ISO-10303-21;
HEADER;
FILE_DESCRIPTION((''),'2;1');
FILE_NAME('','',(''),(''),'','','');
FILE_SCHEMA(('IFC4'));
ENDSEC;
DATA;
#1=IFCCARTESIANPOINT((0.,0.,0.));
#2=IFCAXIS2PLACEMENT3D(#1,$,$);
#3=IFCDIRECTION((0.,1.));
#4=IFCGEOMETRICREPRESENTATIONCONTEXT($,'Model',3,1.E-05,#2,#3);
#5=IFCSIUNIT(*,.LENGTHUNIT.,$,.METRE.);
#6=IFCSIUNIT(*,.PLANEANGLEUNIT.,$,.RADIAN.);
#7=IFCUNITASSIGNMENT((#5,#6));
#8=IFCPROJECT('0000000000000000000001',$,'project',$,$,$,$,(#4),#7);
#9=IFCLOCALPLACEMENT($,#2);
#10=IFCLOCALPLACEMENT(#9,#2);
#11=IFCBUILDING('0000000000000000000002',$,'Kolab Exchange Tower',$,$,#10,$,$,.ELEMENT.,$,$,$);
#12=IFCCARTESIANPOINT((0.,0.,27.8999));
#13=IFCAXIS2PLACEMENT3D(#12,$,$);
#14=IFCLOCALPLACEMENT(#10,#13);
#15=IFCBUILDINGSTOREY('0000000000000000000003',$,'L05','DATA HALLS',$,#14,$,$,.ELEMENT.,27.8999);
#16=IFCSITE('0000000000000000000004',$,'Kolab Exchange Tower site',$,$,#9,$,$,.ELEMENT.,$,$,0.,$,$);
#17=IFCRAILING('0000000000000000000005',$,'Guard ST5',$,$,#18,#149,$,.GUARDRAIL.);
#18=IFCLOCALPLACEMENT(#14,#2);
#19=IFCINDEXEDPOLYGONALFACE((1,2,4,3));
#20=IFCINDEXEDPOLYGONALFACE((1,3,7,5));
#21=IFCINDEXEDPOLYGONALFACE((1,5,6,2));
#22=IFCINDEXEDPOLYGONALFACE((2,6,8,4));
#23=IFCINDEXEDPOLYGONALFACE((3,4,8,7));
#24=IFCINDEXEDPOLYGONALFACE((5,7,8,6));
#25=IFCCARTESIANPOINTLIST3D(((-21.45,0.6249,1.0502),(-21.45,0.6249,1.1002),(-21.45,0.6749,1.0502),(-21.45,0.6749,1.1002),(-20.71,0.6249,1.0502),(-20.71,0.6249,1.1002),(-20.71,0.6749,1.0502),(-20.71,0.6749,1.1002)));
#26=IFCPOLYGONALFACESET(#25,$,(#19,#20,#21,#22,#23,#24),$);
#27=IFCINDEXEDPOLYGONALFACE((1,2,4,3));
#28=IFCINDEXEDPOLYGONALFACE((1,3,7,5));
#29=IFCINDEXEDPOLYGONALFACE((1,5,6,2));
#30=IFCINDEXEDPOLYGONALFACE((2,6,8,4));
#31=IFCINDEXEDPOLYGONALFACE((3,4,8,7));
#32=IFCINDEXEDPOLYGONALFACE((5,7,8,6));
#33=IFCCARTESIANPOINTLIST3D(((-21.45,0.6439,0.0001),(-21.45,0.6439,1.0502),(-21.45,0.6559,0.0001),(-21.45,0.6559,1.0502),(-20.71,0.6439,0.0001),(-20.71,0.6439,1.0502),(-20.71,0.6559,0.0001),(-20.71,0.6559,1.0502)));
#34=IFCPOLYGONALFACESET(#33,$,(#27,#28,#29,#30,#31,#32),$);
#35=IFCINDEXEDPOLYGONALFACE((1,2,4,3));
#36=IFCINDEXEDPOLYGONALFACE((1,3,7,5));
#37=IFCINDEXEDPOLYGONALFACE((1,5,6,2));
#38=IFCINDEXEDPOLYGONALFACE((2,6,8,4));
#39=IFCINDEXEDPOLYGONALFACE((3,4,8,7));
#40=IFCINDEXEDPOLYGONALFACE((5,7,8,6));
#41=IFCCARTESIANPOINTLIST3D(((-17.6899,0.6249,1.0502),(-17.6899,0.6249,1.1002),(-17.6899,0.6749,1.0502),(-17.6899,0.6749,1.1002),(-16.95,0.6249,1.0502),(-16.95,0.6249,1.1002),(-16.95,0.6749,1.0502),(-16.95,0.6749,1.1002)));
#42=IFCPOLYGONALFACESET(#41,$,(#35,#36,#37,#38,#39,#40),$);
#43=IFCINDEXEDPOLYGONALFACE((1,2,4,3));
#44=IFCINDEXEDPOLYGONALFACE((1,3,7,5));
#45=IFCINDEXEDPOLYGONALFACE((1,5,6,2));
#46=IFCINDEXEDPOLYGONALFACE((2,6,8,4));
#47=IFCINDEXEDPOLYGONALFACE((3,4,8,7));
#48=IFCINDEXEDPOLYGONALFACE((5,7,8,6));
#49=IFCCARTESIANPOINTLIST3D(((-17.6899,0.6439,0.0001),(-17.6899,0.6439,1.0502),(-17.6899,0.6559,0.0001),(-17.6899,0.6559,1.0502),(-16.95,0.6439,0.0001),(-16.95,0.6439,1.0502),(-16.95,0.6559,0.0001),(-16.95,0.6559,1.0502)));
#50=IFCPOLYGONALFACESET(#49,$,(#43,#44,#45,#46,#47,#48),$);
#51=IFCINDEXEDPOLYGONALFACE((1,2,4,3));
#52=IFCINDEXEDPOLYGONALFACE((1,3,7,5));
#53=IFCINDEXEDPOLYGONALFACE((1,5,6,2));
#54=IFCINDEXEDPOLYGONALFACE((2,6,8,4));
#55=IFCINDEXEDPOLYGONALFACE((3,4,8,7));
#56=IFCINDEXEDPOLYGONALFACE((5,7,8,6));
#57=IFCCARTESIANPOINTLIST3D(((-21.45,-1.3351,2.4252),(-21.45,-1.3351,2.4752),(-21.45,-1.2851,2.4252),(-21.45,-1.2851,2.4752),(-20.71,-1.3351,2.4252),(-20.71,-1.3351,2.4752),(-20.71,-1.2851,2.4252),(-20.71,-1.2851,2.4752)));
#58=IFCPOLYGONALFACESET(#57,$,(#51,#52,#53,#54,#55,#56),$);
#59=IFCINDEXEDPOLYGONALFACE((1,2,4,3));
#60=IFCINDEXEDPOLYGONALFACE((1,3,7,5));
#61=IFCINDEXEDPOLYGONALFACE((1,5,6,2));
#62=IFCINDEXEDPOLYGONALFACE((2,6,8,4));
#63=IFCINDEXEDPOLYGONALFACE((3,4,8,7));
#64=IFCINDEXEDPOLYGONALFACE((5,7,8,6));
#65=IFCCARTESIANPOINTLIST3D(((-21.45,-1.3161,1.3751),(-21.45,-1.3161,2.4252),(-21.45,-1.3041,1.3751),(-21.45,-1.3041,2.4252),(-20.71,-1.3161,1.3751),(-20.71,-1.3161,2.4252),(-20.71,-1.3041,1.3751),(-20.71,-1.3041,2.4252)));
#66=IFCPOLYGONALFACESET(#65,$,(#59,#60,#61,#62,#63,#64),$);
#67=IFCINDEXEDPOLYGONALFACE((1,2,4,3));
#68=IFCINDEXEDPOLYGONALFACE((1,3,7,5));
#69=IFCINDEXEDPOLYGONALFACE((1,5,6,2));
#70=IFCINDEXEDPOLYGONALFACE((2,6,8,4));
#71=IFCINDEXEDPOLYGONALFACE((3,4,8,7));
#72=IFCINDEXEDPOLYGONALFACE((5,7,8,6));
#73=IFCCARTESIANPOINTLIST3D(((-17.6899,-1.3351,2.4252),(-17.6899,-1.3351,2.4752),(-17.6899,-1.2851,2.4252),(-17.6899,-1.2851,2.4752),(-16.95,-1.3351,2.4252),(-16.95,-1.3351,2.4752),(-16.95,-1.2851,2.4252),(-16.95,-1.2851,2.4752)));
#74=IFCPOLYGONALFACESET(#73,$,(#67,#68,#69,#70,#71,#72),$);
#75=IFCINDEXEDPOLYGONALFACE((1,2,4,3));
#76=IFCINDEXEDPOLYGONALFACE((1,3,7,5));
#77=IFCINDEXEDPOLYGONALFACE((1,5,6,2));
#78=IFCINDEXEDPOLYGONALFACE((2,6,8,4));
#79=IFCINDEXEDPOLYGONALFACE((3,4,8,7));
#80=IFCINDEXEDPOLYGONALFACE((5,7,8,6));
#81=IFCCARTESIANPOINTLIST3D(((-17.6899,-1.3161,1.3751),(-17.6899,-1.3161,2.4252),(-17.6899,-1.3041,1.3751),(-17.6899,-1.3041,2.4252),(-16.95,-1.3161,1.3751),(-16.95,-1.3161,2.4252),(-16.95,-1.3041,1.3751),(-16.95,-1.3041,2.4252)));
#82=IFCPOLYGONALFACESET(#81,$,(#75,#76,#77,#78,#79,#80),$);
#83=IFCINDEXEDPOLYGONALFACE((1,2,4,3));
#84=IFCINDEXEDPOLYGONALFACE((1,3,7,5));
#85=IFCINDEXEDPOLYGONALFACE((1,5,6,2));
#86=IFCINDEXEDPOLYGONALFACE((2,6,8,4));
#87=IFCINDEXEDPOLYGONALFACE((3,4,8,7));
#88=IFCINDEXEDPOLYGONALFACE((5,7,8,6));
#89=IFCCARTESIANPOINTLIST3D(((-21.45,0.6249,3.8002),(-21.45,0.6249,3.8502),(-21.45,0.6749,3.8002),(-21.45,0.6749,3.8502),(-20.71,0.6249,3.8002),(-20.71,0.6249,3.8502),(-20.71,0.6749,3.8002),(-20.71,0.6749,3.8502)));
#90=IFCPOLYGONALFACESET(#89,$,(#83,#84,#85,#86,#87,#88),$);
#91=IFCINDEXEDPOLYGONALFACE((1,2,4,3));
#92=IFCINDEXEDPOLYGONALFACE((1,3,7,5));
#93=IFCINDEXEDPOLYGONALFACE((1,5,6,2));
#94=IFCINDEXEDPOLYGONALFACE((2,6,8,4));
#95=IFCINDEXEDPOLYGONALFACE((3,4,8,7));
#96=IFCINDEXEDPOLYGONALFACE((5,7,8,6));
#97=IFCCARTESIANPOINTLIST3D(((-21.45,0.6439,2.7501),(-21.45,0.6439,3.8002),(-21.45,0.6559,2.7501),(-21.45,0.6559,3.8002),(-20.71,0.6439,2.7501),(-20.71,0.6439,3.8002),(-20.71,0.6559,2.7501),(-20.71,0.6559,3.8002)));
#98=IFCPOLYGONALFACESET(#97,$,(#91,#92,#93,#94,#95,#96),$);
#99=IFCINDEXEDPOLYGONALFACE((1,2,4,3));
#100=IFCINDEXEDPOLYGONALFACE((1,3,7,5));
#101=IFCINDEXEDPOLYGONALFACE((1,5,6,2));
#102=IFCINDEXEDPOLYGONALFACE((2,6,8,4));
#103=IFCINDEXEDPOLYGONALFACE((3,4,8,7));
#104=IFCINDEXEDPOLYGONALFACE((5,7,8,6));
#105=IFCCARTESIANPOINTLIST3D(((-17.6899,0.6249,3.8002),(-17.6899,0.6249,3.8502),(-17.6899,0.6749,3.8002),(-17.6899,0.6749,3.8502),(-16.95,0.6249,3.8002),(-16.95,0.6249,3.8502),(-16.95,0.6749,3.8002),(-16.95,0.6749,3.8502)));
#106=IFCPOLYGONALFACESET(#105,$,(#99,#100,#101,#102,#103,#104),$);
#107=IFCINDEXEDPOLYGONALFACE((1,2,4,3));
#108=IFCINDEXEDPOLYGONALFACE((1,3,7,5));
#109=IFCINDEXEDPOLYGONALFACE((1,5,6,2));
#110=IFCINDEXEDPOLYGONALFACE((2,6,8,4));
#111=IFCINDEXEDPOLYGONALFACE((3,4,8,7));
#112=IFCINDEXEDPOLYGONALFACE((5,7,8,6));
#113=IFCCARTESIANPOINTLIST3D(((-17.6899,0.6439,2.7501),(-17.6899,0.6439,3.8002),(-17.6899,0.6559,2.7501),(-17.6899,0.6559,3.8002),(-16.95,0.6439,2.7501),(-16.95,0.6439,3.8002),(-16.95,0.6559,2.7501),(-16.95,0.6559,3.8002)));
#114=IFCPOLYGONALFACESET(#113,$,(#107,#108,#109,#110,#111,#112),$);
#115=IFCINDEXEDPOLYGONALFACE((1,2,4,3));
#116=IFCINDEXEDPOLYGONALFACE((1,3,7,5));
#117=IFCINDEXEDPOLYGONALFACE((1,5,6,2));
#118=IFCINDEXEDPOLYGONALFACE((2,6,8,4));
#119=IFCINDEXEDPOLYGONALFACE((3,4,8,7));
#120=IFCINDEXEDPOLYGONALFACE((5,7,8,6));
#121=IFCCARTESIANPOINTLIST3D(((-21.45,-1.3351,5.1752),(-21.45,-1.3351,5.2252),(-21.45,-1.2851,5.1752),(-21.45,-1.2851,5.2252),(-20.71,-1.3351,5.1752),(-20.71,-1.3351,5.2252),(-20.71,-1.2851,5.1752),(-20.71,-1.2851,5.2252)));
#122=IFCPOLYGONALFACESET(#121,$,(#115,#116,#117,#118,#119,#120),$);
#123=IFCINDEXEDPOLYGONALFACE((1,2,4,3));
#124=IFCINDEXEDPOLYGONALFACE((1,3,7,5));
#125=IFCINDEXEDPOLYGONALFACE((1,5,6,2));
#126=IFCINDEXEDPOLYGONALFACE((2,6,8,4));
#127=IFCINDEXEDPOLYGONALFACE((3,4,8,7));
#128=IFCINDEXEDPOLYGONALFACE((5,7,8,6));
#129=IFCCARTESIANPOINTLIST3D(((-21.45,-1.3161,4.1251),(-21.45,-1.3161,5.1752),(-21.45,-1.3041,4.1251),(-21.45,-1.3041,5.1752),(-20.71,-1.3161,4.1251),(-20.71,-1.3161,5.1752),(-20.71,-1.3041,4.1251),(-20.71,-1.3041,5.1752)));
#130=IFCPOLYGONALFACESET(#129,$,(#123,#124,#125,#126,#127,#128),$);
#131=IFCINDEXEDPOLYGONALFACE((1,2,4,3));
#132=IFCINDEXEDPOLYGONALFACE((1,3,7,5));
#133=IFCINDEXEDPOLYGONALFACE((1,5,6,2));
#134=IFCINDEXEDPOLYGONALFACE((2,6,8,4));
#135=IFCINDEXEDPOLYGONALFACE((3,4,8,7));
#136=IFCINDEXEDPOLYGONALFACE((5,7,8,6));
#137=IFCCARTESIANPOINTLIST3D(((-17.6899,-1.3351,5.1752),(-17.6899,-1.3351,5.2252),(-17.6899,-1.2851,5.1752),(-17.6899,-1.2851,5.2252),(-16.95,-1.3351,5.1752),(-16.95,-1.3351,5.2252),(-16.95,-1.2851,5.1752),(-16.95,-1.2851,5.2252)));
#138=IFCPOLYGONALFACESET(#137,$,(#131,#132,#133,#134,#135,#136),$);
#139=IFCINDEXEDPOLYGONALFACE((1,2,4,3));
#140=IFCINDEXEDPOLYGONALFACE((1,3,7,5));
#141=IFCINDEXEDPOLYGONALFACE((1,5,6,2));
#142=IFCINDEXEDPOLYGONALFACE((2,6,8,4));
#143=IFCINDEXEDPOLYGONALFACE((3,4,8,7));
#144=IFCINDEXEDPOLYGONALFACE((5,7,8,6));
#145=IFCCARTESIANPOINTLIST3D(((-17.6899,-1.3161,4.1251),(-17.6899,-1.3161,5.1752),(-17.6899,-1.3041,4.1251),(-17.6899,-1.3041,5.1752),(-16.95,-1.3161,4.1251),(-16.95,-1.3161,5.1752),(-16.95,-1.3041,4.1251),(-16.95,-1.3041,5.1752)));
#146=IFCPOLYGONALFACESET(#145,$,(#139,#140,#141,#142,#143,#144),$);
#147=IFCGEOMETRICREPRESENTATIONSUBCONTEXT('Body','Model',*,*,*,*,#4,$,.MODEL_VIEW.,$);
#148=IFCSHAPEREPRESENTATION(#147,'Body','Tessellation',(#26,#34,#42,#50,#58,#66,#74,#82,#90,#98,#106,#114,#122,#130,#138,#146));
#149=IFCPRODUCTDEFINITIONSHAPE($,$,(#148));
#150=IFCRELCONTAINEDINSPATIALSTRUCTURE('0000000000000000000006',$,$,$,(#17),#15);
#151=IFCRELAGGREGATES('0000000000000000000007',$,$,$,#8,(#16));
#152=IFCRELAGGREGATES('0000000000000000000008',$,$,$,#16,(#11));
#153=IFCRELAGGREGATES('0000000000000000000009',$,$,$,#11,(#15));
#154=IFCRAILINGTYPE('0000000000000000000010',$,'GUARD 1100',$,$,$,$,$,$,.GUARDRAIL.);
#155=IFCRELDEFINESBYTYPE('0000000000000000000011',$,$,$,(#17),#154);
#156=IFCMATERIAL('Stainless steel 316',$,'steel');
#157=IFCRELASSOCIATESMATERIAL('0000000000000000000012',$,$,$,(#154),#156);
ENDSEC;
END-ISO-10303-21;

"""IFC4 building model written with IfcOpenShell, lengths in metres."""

from ifc_helpers import new_model, si_unit, direction, frame, frame_2d, origin, origin_2d, place, context, subcontext, project, spatial, rectangle, extrude, material, type_object, element, save


model = new_model("IFC4")

# Units and contexts
model_context = context("Model", 3, precision=1e-05, world=origin(), true_north=direction((0.0, 1.0)))
body_context = subcontext(model_context, "Body", "Model", "MODEL_VIEW")
ifc_project = project(units=[si_unit("LENGTHUNIT", "METRE"), si_unit("PLANEANGLEUNIT", "RADIAN")], contexts=[model_context])

# Site, building, storey
site_placement = place(None, origin())
site = spatial("IfcSite", under=ifc_project, at=site_placement, Name="Kolab Exchange Tower site", CompositionType="ELEMENT", RefElevation=0.0)
building_placement = place(site_placement, origin())
building = spatial("IfcBuilding", under=site, at=building_placement, Name="Kolab Exchange Tower", CompositionType="ELEMENT")
storey_placement = place(building_placement, frame((0.0, 0.0, 27.8999)))
storey = spatial("IfcBuildingStorey", under=building, at=storey_placement, Name="L05", Description="DATA HALLS", CompositionType="ELEMENT", Elevation=27.8999)

# Railing
ifc_material_1 = material(Name="Stainless steel 316", Category="steel")
railing_type = type_object("IfcRailingType", Name="GUARD 1100", PredefinedType="GUARDRAIL", material=ifc_material_1)
railing_placement = place(storey_placement, frame((-21.45, 0.6499, 0.0)))
element("IfcRailing", 1, at=railing_placement, inside=storey, type_object=railing_type, Name="Guard ST5", PredefinedType="GUARDRAIL", context=body_context, shape_type="SweptSolid", body=[
    extrude(rectangle(XDim=0.05, YDim=0.05, at=origin_2d()), frame((0.0, 0.0, 1.0752), z_axis=(1.0, 0.0, 0.0), x_axis=(0.0, 1.0, 0.0)), (0.0, 0.0, 1.0), 0.74),
    extrude(rectangle(XDim=0.012, YDim=1.0501, at=frame_2d((0.0, 0.5251))), frame((0.0, 0.0, 0.0), z_axis=(1.0, 0.0, 0.0), x_axis=(0.0, 1.0, 0.0)), (0.0, 0.0, 1.0), 0.74),
    extrude(rectangle(XDim=0.05, YDim=0.05, at=origin_2d()), frame((3.76, 0.0, 1.0752), z_axis=(1.0, 0.0, 0.0), x_axis=(0.0, 1.0, 0.0)), (0.0, 0.0, 1.0), 0.74),
    extrude(rectangle(XDim=0.012, YDim=1.0501, at=frame_2d((0.0, 0.5251))), frame((3.76, 0.0, 0.0), z_axis=(1.0, 0.0, 0.0), x_axis=(0.0, 1.0, 0.0)), (0.0, 0.0, 1.0), 0.74),
    extrude(rectangle(XDim=0.05, YDim=0.05, at=origin_2d()), frame((0.0, -1.96, 2.4502), z_axis=(1.0, 0.0, 0.0), x_axis=(0.0, 1.0, 0.0)), (0.0, 0.0, 1.0), 0.74),
    extrude(rectangle(XDim=0.012, YDim=1.0501, at=frame_2d((0.0, 0.5251))), frame((0.0, -1.96, 1.375), z_axis=(1.0, 0.0, 0.0), x_axis=(0.0, 1.0, 0.0)), (0.0, 0.0, 1.0), 0.74),
    extrude(rectangle(XDim=0.05, YDim=0.05, at=origin_2d()), frame((3.76, -1.96, 2.4502), z_axis=(1.0, 0.0, 0.0), x_axis=(0.0, 1.0, 0.0)), (0.0, 0.0, 1.0), 0.74),
    extrude(rectangle(XDim=0.012, YDim=1.0501, at=frame_2d((0.0, 0.5251))), frame((3.76, -1.96, 1.375), z_axis=(1.0, 0.0, 0.0), x_axis=(0.0, 1.0, 0.0)), (0.0, 0.0, 1.0), 0.74),
    extrude(rectangle(XDim=0.05, YDim=0.05, at=origin_2d()), frame((0.0, 0.0, 3.8252), z_axis=(1.0, 0.0, 0.0), x_axis=(0.0, 1.0, 0.0)), (0.0, 0.0, 1.0), 0.74),
    extrude(rectangle(XDim=0.012, YDim=1.0501, at=frame_2d((0.0, 0.5251))), frame((0.0, 0.0, 2.75), z_axis=(1.0, 0.0, 0.0), x_axis=(0.0, 1.0, 0.0)), (0.0, 0.0, 1.0), 0.74),
    extrude(rectangle(XDim=0.05, YDim=0.05, at=origin_2d()), frame((3.76, 0.0, 3.8252), z_axis=(1.0, 0.0, 0.0), x_axis=(0.0, 1.0, 0.0)), (0.0, 0.0, 1.0), 0.74),
    extrude(rectangle(XDim=0.012, YDim=1.0501, at=frame_2d((0.0, 0.5251))), frame((3.76, 0.0, 2.75), z_axis=(1.0, 0.0, 0.0), x_axis=(0.0, 1.0, 0.0)), (0.0, 0.0, 1.0), 0.74),
    extrude(rectangle(XDim=0.05, YDim=0.05, at=origin_2d()), frame((0.0, -1.96, 5.2002), z_axis=(1.0, 0.0, 0.0), x_axis=(0.0, 1.0, 0.0)), (0.0, 0.0, 1.0), 0.74),
    extrude(rectangle(XDim=0.012, YDim=1.0501, at=frame_2d((0.0, 0.5251))), frame((0.0, -1.96, 4.125), z_axis=(1.0, 0.0, 0.0), x_axis=(0.0, 1.0, 0.0)), (0.0, 0.0, 1.0), 0.74),
    extrude(rectangle(XDim=0.05, YDim=0.05, at=origin_2d()), frame((3.76, -1.96, 5.2002), z_axis=(1.0, 0.0, 0.0), x_axis=(0.0, 1.0, 0.0)), (0.0, 0.0, 1.0), 0.74),
    extrude(rectangle(XDim=0.012, YDim=1.0501, at=frame_2d((0.0, 0.5251))), frame((3.76, -1.96, 4.125), z_axis=(1.0, 0.0, 0.0), x_axis=(0.0, 1.0, 0.0)), (0.0, 0.0, 1.0), 0.74),
])

save(model, "model.ifc")
